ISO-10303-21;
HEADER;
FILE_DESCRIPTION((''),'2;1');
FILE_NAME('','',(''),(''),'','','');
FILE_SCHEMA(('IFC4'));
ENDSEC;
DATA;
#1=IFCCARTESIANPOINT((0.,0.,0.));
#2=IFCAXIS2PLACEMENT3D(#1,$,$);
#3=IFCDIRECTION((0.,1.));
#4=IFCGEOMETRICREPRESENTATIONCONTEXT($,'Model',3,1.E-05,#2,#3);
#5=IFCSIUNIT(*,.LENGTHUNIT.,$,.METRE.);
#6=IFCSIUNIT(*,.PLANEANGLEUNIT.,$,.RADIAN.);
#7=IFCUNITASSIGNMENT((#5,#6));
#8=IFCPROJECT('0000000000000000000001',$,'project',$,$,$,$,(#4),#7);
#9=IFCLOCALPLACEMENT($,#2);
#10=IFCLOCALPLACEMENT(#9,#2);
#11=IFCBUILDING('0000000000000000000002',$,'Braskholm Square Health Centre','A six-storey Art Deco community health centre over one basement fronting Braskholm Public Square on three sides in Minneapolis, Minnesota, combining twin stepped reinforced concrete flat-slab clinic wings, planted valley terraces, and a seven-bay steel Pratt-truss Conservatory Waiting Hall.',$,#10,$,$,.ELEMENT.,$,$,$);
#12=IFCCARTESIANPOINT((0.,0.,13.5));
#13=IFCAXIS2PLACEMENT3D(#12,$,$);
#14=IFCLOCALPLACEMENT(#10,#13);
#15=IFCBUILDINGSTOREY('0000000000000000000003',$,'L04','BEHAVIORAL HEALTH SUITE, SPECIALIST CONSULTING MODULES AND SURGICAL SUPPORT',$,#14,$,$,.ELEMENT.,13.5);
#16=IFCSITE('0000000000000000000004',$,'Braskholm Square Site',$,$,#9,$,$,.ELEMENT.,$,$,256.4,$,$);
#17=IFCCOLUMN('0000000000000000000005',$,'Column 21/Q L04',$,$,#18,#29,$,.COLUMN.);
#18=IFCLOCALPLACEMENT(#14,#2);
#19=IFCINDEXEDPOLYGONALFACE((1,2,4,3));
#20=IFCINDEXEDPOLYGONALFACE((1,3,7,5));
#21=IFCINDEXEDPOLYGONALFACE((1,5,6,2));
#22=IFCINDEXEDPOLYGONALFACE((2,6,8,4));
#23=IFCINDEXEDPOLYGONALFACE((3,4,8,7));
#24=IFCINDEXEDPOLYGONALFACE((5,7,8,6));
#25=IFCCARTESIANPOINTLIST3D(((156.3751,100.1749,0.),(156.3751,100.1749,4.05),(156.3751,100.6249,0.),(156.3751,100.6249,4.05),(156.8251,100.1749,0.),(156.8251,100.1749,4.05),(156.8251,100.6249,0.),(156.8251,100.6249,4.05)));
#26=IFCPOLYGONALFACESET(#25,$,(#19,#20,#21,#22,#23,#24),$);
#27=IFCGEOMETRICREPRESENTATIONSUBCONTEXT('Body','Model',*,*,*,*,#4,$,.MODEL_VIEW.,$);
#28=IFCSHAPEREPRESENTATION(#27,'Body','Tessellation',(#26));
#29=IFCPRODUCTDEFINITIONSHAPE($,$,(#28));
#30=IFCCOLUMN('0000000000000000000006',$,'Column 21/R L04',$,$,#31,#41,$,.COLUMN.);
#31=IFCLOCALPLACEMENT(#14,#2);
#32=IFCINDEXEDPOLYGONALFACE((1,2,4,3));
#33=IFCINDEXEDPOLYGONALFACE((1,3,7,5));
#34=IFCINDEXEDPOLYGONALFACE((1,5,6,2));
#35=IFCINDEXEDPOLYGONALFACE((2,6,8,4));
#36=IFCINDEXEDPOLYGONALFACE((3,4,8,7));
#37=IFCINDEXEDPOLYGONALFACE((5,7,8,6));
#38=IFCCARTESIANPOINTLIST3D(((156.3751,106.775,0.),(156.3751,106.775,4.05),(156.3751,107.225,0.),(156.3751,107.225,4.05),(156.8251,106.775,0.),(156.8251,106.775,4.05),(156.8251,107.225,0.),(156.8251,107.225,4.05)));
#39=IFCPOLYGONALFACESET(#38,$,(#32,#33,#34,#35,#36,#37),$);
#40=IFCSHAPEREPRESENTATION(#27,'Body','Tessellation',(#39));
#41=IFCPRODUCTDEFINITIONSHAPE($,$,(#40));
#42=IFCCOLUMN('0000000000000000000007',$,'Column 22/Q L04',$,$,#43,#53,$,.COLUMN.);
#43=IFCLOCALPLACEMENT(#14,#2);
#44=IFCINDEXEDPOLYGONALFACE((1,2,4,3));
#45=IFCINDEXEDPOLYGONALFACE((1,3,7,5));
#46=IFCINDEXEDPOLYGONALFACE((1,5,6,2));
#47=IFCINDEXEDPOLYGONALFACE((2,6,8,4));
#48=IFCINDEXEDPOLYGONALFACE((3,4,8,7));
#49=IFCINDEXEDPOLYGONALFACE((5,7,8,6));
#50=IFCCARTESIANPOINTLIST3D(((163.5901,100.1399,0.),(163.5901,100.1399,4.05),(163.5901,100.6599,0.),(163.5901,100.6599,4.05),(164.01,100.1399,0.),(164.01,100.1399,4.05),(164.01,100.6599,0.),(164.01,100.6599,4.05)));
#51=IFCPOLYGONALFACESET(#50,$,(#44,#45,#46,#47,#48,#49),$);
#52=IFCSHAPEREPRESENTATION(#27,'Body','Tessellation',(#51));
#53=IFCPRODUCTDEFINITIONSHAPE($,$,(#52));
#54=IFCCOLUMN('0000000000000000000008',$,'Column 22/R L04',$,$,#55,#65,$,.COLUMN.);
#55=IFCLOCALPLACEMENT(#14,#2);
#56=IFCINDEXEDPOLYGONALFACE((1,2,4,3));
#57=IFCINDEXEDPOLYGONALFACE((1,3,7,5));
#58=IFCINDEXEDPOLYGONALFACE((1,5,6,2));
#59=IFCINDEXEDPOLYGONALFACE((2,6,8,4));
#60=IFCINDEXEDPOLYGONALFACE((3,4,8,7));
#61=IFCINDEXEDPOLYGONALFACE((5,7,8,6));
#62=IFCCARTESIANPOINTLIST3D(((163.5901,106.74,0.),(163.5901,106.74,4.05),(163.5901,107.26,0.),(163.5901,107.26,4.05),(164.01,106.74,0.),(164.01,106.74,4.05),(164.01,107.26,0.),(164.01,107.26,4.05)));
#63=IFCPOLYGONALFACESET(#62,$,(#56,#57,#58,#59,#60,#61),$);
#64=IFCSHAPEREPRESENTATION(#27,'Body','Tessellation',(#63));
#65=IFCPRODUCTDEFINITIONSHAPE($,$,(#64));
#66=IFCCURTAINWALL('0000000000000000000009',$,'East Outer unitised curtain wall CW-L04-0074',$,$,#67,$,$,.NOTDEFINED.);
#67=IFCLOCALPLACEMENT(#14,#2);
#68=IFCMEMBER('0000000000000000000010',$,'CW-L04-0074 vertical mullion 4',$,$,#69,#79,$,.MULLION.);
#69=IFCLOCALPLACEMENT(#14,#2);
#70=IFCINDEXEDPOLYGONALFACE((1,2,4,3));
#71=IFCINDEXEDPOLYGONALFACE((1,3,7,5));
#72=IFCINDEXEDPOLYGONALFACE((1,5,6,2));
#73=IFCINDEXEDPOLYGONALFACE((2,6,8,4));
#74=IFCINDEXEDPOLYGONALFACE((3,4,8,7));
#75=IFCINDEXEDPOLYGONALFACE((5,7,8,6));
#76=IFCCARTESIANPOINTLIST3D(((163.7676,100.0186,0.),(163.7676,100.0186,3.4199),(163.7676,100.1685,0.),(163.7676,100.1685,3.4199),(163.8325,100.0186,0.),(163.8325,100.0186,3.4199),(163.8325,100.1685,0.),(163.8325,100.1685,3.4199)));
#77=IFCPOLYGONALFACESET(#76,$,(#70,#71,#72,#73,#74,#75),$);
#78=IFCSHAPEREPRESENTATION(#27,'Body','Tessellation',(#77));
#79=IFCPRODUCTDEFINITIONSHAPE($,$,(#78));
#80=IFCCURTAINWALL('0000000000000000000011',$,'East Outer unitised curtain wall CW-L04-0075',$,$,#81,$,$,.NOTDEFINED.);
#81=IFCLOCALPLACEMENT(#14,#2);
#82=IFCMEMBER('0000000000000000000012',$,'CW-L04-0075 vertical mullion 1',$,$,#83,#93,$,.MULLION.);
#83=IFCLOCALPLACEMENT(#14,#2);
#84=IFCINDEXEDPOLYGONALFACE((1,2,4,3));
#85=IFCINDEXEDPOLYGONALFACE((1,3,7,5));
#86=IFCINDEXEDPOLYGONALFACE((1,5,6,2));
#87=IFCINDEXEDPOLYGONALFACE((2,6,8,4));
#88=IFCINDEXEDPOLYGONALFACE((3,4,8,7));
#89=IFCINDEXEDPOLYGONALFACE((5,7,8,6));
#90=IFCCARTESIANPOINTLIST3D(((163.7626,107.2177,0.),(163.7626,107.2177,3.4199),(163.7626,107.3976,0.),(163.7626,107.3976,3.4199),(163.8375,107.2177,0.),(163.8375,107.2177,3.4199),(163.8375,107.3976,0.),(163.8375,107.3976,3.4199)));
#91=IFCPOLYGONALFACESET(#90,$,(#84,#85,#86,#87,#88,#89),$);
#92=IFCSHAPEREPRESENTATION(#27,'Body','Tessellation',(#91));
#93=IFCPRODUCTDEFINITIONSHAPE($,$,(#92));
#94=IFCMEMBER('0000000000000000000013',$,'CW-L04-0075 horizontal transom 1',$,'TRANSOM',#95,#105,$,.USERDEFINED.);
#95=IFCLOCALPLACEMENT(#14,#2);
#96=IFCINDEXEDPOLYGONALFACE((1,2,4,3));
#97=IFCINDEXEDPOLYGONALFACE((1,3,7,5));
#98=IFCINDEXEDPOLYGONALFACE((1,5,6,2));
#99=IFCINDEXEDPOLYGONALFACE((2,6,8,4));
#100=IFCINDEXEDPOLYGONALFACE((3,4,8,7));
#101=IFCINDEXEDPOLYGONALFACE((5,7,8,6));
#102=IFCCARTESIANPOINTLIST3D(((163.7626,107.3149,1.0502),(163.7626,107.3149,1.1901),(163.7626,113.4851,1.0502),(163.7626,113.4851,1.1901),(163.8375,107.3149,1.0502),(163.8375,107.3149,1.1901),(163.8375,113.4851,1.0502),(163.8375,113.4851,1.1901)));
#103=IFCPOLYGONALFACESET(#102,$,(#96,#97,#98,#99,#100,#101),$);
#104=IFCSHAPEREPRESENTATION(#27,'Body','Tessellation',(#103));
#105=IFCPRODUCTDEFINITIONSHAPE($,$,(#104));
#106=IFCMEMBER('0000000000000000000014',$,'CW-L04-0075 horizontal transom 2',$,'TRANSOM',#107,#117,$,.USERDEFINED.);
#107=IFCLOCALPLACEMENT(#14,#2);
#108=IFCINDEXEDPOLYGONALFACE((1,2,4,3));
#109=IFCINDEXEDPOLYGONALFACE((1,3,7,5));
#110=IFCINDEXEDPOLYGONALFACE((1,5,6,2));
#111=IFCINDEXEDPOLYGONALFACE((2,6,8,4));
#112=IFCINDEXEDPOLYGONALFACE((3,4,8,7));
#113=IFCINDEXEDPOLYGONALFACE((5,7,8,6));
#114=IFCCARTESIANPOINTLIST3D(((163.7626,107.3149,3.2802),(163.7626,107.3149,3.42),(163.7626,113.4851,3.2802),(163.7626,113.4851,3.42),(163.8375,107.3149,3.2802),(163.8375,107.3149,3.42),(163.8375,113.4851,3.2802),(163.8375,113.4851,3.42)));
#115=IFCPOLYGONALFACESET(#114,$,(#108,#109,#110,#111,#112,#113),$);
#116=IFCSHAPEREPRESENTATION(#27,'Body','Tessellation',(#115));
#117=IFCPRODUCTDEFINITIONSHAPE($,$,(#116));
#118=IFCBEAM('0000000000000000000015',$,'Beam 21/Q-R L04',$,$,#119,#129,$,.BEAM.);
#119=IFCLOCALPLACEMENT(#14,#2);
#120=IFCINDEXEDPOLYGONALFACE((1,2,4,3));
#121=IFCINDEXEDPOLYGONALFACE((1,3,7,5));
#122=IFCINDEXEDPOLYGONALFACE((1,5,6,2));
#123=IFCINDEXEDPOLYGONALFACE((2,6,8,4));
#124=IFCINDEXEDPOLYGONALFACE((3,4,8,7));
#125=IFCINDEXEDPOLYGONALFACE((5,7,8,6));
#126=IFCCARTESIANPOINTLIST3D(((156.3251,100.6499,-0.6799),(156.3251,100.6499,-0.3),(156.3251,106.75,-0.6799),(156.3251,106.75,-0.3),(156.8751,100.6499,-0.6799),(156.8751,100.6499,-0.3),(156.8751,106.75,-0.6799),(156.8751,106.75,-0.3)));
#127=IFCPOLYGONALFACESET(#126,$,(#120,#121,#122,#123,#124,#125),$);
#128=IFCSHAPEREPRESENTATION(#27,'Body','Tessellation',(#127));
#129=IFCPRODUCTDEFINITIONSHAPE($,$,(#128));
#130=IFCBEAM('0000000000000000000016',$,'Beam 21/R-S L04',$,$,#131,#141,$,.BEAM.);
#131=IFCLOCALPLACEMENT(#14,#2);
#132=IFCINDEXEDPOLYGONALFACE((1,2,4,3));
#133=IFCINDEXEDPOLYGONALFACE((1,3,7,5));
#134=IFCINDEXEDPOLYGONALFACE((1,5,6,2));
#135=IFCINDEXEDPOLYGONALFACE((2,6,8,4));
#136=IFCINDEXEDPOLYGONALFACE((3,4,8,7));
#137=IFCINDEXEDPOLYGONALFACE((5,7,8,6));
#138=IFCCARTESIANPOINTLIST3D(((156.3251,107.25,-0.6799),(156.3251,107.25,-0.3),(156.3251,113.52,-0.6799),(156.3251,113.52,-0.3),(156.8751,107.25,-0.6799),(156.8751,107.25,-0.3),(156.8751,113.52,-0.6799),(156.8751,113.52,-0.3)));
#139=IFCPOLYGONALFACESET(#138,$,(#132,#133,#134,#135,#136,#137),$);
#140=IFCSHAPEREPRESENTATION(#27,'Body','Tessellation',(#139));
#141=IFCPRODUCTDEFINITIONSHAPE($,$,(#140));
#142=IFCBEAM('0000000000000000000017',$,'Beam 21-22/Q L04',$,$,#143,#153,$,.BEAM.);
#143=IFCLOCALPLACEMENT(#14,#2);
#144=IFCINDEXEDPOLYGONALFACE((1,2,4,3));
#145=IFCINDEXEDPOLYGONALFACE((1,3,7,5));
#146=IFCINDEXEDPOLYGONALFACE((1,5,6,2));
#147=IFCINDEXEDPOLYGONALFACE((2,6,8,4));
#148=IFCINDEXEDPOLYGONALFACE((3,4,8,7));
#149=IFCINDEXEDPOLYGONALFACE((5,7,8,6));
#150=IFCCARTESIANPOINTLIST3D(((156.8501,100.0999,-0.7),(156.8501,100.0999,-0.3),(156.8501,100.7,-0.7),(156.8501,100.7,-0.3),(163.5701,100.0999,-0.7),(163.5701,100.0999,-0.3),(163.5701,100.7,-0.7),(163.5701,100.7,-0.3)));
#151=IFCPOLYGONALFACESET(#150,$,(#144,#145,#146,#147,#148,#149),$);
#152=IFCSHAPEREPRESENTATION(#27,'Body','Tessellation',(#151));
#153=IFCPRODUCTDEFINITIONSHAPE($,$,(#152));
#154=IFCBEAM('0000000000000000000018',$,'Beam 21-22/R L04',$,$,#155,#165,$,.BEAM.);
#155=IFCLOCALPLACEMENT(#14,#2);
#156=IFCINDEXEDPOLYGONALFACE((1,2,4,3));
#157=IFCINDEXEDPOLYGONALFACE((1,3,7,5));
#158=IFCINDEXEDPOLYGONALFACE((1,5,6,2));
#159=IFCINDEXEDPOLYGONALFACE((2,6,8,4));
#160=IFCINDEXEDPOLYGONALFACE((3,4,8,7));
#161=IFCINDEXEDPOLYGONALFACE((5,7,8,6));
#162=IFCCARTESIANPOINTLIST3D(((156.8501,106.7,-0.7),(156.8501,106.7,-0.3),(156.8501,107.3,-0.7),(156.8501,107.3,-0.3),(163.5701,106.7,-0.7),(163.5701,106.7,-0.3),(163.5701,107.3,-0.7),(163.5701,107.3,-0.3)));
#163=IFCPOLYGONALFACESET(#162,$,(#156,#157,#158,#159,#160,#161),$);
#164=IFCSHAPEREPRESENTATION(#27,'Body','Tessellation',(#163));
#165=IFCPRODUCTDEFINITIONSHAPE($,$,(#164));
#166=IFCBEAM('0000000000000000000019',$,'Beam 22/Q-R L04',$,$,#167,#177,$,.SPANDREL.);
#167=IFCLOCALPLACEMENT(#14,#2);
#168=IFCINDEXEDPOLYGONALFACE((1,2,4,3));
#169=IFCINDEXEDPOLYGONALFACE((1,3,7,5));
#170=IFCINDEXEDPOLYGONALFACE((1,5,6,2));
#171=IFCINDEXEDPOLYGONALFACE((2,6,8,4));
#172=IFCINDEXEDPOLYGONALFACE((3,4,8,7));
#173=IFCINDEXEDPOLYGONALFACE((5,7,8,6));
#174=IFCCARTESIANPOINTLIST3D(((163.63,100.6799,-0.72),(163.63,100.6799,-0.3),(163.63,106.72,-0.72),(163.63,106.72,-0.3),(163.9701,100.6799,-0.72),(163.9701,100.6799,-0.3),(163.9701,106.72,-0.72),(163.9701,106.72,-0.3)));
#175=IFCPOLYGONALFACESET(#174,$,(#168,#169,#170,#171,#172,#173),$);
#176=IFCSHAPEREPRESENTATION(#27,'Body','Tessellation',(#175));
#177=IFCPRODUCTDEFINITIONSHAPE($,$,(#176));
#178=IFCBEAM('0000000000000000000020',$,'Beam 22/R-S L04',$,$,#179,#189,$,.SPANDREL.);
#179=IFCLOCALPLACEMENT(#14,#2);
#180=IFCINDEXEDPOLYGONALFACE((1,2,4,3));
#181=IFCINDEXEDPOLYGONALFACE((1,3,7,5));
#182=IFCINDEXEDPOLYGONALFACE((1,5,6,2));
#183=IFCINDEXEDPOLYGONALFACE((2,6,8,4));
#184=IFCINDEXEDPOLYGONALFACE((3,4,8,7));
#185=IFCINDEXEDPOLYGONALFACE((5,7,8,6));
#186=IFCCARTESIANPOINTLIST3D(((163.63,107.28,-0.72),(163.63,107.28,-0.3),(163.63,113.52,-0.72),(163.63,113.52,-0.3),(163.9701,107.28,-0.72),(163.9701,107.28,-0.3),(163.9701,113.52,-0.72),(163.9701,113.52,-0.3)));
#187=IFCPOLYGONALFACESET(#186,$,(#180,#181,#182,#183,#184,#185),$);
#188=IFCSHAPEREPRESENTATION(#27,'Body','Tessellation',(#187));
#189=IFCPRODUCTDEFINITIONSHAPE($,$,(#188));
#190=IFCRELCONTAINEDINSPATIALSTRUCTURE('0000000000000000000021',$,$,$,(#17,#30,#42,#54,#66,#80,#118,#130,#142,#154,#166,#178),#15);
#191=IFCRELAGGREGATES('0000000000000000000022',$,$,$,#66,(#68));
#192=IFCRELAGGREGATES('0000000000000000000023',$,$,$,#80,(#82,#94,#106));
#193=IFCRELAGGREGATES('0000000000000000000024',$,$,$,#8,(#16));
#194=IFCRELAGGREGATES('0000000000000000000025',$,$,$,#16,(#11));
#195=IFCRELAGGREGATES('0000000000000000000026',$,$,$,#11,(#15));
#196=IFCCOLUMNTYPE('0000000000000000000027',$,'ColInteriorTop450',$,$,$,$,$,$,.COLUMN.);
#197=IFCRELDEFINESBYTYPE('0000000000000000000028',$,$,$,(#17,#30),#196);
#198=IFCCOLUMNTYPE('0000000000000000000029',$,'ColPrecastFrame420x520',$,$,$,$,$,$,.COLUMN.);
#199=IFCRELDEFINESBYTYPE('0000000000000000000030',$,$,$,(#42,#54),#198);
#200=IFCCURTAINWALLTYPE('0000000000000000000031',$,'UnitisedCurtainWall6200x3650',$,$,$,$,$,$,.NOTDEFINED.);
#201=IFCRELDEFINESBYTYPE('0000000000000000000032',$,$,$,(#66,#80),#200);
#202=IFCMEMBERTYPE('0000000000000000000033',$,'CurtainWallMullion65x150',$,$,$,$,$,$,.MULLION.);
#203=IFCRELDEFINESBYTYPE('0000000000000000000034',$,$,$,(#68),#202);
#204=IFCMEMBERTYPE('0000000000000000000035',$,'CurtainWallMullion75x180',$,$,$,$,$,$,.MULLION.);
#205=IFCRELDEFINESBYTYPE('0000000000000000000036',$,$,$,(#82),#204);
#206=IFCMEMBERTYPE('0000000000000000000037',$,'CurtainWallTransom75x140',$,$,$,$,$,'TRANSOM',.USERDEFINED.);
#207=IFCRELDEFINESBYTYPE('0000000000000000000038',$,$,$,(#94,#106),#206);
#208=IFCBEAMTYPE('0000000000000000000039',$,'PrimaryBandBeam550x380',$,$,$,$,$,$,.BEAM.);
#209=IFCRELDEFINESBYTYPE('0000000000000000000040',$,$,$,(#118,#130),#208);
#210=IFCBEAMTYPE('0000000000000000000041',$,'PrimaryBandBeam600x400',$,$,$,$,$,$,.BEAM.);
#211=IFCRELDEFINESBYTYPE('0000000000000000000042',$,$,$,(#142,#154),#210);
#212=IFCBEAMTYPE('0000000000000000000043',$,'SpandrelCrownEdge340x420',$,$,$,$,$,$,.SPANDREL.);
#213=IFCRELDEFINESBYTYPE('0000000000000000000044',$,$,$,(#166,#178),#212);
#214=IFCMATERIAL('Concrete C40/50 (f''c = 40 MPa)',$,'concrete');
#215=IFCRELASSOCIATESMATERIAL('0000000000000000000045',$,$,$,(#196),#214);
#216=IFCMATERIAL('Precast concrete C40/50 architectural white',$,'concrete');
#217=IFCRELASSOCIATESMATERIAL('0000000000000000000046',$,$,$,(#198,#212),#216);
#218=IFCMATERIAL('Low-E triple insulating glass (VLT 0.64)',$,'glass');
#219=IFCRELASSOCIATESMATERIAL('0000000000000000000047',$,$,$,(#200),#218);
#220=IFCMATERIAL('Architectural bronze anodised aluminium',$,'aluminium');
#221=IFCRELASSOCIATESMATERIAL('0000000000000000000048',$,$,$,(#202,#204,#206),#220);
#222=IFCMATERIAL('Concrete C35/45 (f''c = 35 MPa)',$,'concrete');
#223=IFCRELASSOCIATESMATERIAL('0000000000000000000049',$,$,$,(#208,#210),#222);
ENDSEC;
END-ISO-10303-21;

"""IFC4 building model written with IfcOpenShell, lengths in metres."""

from ifc_helpers import new_model, si_unit, direction, frame, origin, origin_2d, place, context, subcontext, project, spatial, rectangle, extrude, material, material_profile, profile_set, type_object, element, aggregate, save


model = new_model("IFC4")

# Units and contexts
model_context = context("Model", 3, precision=1e-05, world=origin(), true_north=direction((0.0, 1.0)))
body_context = subcontext(model_context, "Body", "Model", "MODEL_VIEW")
ifc_project = project(units=[si_unit("LENGTHUNIT", "METRE"), si_unit("PLANEANGLEUNIT", "RADIAN")], contexts=[model_context])

# Site, building, storey
site_placement = place(None, origin())
site = spatial("IfcSite", under=ifc_project, at=site_placement, Name="Braskholm Square Site", CompositionType="ELEMENT", RefElevation=256.4)
building_placement = place(site_placement, origin())
building = spatial("IfcBuilding", under=site, at=building_placement, Name="Braskholm Square Health Centre", Description="A six-storey Art Deco community health centre over one basement fronting Braskholm Public Square on three sides in Minneapolis, Minnesota, combining twin stepped reinforced concrete flat-slab clinic wings, planted valley terraces, and a seven-bay steel Pratt-truss Conservatory Waiting Hall.", CompositionType="ELEMENT")
storey_placement = place(building_placement, frame((0.0, 0.0, 13.5)))
storey = spatial("IfcBuildingStorey", under=building, at=storey_placement, Name="L04", Description="BEHAVIORAL HEALTH SUITE, SPECIALIST CONSULTING MODULES AND SURGICAL SUPPORT", CompositionType="ELEMENT", Elevation=13.5)

# Columns
ifc_material_1 = material(Name="Concrete C40/50 (f'c = 40 MPa)", Category="concrete")
ifc_material_profile_1 = material_profile(ifc_material_1, rectangle(XDim=0.45, YDim=0.45, at=origin_2d()), Name="RC-450X450")
ifc_profile_set_1 = profile_set([ifc_material_profile_1], Name="Concrete C40/50 (f'c = 40 MPa)")
column_type_1 = type_object("IfcColumnType", Name="ColInteriorTop450", PredefinedType="COLUMN", material=ifc_profile_set_1)
for number, where, z_axis, x_axis, name in (
    (1, (156.6001, 100.3999, 0.0), (0.0, 0.0, 1.0), (1.0, 0.0, 0.0), "Column 21/Q L04"),
    (2, (156.6001, 107.0, 0.0), (0.0, 0.0, 1.0), (1.0, 0.0, 0.0), "Column 21/R L04"),
):
    element("IfcColumn", number, at=place(storey_placement, frame(where, z_axis=z_axis, x_axis=x_axis)), inside=storey, type_object=column_type_1, Name=name, PredefinedType="COLUMN", context=body_context, shape_type="SweptSolid", body=[
        extrude(rectangle(XDim=0.45, YDim=0.45, at=origin_2d()), origin(), (0.0, 0.0, 1.0), 4.05),
    ])
ifc_material_2 = material(Name="Precast concrete C40/50 architectural white", Category="concrete")
ifc_material_profile_2 = material_profile(ifc_material_2, rectangle(XDim=0.4199, YDim=0.52, at=origin_2d()), Name="RC-420X520")
ifc_profile_set_2 = profile_set([ifc_material_profile_2], Name="Precast concrete C40/50 architectural white")
column_type_2 = type_object("IfcColumnType", Name="ColPrecastFrame420x520", PredefinedType="COLUMN", material=ifc_profile_set_2)
for number, where, z_axis, x_axis, name in (
    (3, (163.8, 100.3999, 0.0), (0.0, 0.0, 1.0), (1.0, 0.0, 0.0), "Column 22/Q L04"),
    (4, (163.8, 107.0, 0.0), (0.0, 0.0, 1.0), (1.0, 0.0, 0.0), "Column 22/R L04"),
):
    element("IfcColumn", number, at=place(storey_placement, frame(where, z_axis=z_axis, x_axis=x_axis)), inside=storey, type_object=column_type_2, Name=name, PredefinedType="COLUMN", context=body_context, shape_type="SweptSolid", body=[
        extrude(rectangle(XDim=0.4199, YDim=0.52, at=origin_2d()), origin(), (0.0, 0.0, 1.0), 4.05),
    ])

# Curtain wall, member
ifc_material_3 = material(Name="Low-E triple insulating glass (VLT 0.64)", Category="glass")
curtain_wall_type = type_object("IfcCurtainWallType", Name="UnitisedCurtainWall6200x3650", PredefinedType="NOTDEFINED", material=ifc_material_3)
curtain_wall_1_placement = place(storey_placement, origin())
curtain_wall_1 = element("IfcCurtainWall", 5, at=curtain_wall_1_placement, inside=storey, type_object=curtain_wall_type, Name="East Outer unitised curtain wall CW-L04-0074", PredefinedType="NOTDEFINED")
ifc_material_4 = material(Name="Architectural bronze anodised aluminium", Category="aluminium")
ifc_material_profile_3 = material_profile(ifc_material_4, rectangle(XDim=0.0649, YDim=0.1499, at=origin_2d()), Name="ALU-65X150")
ifc_profile_set_3 = profile_set([ifc_material_profile_3], Name="Architectural bronze anodised aluminium")
member_type_1 = type_object("IfcMemberType", Name="CurtainWallMullion65x150", PredefinedType="MULLION", material=ifc_profile_set_3)
member_1_placement = place(storey_placement, frame((163.8, 100.0935, 0.0), z_axis=(0.0, 0.0, 1.0), x_axis=(1.0, 0.0, 0.0)))
member_1 = element("IfcMember", 6, at=member_1_placement, type_object=member_type_1, Name="CW-L04-0074 vertical mullion 4", PredefinedType="MULLION", context=body_context, shape_type="SweptSolid", body=[
    extrude(rectangle(XDim=0.0649, YDim=0.1499, at=origin_2d()), origin(), (0.0, 0.0, 1.0), 3.4199),
])
aggregate(curtain_wall_1, [member_1])

# Curtain wall, members
curtain_wall_2_placement = place(storey_placement, origin())
curtain_wall_2 = element("IfcCurtainWall", 7, at=curtain_wall_2_placement, inside=storey, type_object=curtain_wall_type, Name="East Outer unitised curtain wall CW-L04-0075", PredefinedType="NOTDEFINED")
ifc_material_profile_4 = material_profile(ifc_material_4, rectangle(XDim=0.075, YDim=0.1799, at=origin_2d()), Name="ALU-75X180")
ifc_profile_set_4 = profile_set([ifc_material_profile_4], Name="Architectural bronze anodised aluminium")
member_type_2 = type_object("IfcMemberType", Name="CurtainWallMullion75x180", PredefinedType="MULLION", material=ifc_profile_set_4)
member_2_placement = place(storey_placement, frame((163.8, 107.3076, 0.0), z_axis=(0.0, 0.0, 1.0), x_axis=(1.0, 0.0, 0.0)))
member_2 = element("IfcMember", 8, at=member_2_placement, type_object=member_type_2, Name="CW-L04-0075 vertical mullion 1", PredefinedType="MULLION", context=body_context, shape_type="SweptSolid", body=[
    extrude(rectangle(XDim=0.075, YDim=0.1799, at=origin_2d()), origin(), (0.0, 0.0, 1.0), 3.4199),
])
ifc_material_profile_5 = material_profile(ifc_material_4, rectangle(XDim=0.075, YDim=0.1399, at=origin_2d()), Name="ALU-75X140")
ifc_profile_set_5 = profile_set([ifc_material_profile_5], Name="Architectural bronze anodised aluminium")
member_type_3 = type_object("IfcMemberType", Name="CurtainWallTransom75x140", ElementType="TRANSOM", PredefinedType="USERDEFINED", material=ifc_profile_set_5)
member_3_placement = place(storey_placement, frame((163.8, 107.3149, 1.1201), z_axis=(0.0, 1.0, 0.0), x_axis=(-1.0, 0.0, 0.0)))
member_3 = element("IfcMember", 9, at=member_3_placement, type_object=member_type_3, Name="CW-L04-0075 horizontal transom 1", ObjectType="TRANSOM", PredefinedType="USERDEFINED", context=body_context, shape_type="SweptSolid", body=[
    extrude(rectangle(XDim=0.075, YDim=0.1399, at=origin_2d()), origin(), (0.0, 0.0, 1.0), 6.1702),
])
member_4_placement = place(storey_placement, frame((163.8, 107.3149, 3.3501), z_axis=(0.0, 1.0, 0.0), x_axis=(-1.0, 0.0, 0.0)))
member_4 = element("IfcMember", 10, at=member_4_placement, type_object=member_type_3, Name="CW-L04-0075 horizontal transom 2", ObjectType="TRANSOM", PredefinedType="USERDEFINED", context=body_context, shape_type="SweptSolid", body=[
    extrude(rectangle(XDim=0.075, YDim=0.1399, at=origin_2d()), origin(), (0.0, 0.0, 1.0), 6.1702),
])

# Beams
ifc_material_5 = material(Name="Concrete C35/45 (f'c = 35 MPa)", Category="concrete")
ifc_material_profile_6 = material_profile(ifc_material_5, rectangle(XDim=0.55, YDim=0.3799, at=origin_2d()), Name="RCB-550X380")
ifc_profile_set_6 = profile_set([ifc_material_profile_6], Name="Concrete C35/45 (f'c = 35 MPa)")
beam_type_1 = type_object("IfcBeamType", Name="PrimaryBandBeam550x380", PredefinedType="BEAM", material=ifc_profile_set_6)
beam_1_placement = place(storey_placement, frame((156.6001, 100.6499, -0.49), z_axis=(0.0, 1.0, 0.0), x_axis=(-1.0, 0.0, 0.0)))
element("IfcBeam", 11, at=beam_1_placement, inside=storey, type_object=beam_type_1, Name="Beam 21/Q-R L04", PredefinedType="BEAM", context=body_context, shape_type="SweptSolid", body=[
    extrude(rectangle(XDim=0.55, YDim=0.3799, at=origin_2d()), origin(), (0.0, 0.0, 1.0), 6.1001),
])
beam_2_placement = place(storey_placement, frame((156.6001, 107.25, -0.49), z_axis=(0.0, 1.0, 0.0), x_axis=(-1.0, 0.0, 0.0)))
element("IfcBeam", 12, at=beam_2_placement, inside=storey, type_object=beam_type_1, Name="Beam 21/R-S L04", PredefinedType="BEAM", context=body_context, shape_type="SweptSolid", body=[
    extrude(rectangle(XDim=0.55, YDim=0.3799, at=origin_2d()), origin(), (0.0, 0.0, 1.0), 6.27),
])
ifc_material_profile_7 = material_profile(ifc_material_5, rectangle(XDim=0.6001, YDim=0.3999, at=origin_2d()), Name="RCB-600X400")
ifc_profile_set_7 = profile_set([ifc_material_profile_7], Name="Concrete C35/45 (f'c = 35 MPa)")
beam_type_2 = type_object("IfcBeamType", Name="PrimaryBandBeam600x400", PredefinedType="BEAM", material=ifc_profile_set_7)
for number, where, z_axis, x_axis, name in (
    (13, (156.8501, 100.3999, -0.5), (1.0, 0.0, 0.0), (0.0, 1.0, 0.0), "Beam 21-22/Q L04"),
    (14, (156.8501, 107.0, -0.5), (1.0, 0.0, 0.0), (0.0, 1.0, 0.0), "Beam 21-22/R L04"),
):
    element("IfcBeam", number, at=place(storey_placement, frame(where, z_axis=z_axis, x_axis=x_axis)), inside=storey, type_object=beam_type_2, Name=name, PredefinedType="BEAM", context=body_context, shape_type="SweptSolid", body=[
        extrude(rectangle(XDim=0.6001, YDim=0.3999, at=origin_2d()), origin(), (0.0, 0.0, 1.0), 6.72),
    ])
ifc_material_profile_8 = material_profile(ifc_material_2, rectangle(XDim=0.3401, YDim=0.4199, at=origin_2d()), Name="RCB-340X420")
ifc_profile_set_8 = profile_set([ifc_material_profile_8], Name="Precast concrete C40/50 architectural white")
beam_type_3 = type_object("IfcBeamType", Name="SpandrelCrownEdge340x420", PredefinedType="SPANDREL", material=ifc_profile_set_8)
beam_3_placement = place(storey_placement, frame((163.8, 100.6799, -0.51), z_axis=(0.0, 1.0, 0.0), x_axis=(-1.0, 0.0, 0.0)))
element("IfcBeam", 15, at=beam_3_placement, inside=storey, type_object=beam_type_3, Name="Beam 22/Q-R L04", PredefinedType="SPANDREL", context=body_context, shape_type="SweptSolid", body=[
    extrude(rectangle(XDim=0.3401, YDim=0.4199, at=origin_2d()), origin(), (0.0, 0.0, 1.0), 6.04),
])
beam_4_placement = place(storey_placement, frame((163.8, 107.28, -0.51), z_axis=(0.0, 1.0, 0.0), x_axis=(-1.0, 0.0, 0.0)))
element("IfcBeam", 16, at=beam_4_placement, inside=storey, type_object=beam_type_3, Name="Beam 22/R-S L04", PredefinedType="SPANDREL", context=body_context, shape_type="SweptSolid", body=[
    extrude(rectangle(XDim=0.3401, YDim=0.4199, at=origin_2d()), origin(), (0.0, 0.0, 1.0), 6.24),
])

aggregate(curtain_wall_2, [member_2, member_3, member_4])

save(model, "model.ifc")
